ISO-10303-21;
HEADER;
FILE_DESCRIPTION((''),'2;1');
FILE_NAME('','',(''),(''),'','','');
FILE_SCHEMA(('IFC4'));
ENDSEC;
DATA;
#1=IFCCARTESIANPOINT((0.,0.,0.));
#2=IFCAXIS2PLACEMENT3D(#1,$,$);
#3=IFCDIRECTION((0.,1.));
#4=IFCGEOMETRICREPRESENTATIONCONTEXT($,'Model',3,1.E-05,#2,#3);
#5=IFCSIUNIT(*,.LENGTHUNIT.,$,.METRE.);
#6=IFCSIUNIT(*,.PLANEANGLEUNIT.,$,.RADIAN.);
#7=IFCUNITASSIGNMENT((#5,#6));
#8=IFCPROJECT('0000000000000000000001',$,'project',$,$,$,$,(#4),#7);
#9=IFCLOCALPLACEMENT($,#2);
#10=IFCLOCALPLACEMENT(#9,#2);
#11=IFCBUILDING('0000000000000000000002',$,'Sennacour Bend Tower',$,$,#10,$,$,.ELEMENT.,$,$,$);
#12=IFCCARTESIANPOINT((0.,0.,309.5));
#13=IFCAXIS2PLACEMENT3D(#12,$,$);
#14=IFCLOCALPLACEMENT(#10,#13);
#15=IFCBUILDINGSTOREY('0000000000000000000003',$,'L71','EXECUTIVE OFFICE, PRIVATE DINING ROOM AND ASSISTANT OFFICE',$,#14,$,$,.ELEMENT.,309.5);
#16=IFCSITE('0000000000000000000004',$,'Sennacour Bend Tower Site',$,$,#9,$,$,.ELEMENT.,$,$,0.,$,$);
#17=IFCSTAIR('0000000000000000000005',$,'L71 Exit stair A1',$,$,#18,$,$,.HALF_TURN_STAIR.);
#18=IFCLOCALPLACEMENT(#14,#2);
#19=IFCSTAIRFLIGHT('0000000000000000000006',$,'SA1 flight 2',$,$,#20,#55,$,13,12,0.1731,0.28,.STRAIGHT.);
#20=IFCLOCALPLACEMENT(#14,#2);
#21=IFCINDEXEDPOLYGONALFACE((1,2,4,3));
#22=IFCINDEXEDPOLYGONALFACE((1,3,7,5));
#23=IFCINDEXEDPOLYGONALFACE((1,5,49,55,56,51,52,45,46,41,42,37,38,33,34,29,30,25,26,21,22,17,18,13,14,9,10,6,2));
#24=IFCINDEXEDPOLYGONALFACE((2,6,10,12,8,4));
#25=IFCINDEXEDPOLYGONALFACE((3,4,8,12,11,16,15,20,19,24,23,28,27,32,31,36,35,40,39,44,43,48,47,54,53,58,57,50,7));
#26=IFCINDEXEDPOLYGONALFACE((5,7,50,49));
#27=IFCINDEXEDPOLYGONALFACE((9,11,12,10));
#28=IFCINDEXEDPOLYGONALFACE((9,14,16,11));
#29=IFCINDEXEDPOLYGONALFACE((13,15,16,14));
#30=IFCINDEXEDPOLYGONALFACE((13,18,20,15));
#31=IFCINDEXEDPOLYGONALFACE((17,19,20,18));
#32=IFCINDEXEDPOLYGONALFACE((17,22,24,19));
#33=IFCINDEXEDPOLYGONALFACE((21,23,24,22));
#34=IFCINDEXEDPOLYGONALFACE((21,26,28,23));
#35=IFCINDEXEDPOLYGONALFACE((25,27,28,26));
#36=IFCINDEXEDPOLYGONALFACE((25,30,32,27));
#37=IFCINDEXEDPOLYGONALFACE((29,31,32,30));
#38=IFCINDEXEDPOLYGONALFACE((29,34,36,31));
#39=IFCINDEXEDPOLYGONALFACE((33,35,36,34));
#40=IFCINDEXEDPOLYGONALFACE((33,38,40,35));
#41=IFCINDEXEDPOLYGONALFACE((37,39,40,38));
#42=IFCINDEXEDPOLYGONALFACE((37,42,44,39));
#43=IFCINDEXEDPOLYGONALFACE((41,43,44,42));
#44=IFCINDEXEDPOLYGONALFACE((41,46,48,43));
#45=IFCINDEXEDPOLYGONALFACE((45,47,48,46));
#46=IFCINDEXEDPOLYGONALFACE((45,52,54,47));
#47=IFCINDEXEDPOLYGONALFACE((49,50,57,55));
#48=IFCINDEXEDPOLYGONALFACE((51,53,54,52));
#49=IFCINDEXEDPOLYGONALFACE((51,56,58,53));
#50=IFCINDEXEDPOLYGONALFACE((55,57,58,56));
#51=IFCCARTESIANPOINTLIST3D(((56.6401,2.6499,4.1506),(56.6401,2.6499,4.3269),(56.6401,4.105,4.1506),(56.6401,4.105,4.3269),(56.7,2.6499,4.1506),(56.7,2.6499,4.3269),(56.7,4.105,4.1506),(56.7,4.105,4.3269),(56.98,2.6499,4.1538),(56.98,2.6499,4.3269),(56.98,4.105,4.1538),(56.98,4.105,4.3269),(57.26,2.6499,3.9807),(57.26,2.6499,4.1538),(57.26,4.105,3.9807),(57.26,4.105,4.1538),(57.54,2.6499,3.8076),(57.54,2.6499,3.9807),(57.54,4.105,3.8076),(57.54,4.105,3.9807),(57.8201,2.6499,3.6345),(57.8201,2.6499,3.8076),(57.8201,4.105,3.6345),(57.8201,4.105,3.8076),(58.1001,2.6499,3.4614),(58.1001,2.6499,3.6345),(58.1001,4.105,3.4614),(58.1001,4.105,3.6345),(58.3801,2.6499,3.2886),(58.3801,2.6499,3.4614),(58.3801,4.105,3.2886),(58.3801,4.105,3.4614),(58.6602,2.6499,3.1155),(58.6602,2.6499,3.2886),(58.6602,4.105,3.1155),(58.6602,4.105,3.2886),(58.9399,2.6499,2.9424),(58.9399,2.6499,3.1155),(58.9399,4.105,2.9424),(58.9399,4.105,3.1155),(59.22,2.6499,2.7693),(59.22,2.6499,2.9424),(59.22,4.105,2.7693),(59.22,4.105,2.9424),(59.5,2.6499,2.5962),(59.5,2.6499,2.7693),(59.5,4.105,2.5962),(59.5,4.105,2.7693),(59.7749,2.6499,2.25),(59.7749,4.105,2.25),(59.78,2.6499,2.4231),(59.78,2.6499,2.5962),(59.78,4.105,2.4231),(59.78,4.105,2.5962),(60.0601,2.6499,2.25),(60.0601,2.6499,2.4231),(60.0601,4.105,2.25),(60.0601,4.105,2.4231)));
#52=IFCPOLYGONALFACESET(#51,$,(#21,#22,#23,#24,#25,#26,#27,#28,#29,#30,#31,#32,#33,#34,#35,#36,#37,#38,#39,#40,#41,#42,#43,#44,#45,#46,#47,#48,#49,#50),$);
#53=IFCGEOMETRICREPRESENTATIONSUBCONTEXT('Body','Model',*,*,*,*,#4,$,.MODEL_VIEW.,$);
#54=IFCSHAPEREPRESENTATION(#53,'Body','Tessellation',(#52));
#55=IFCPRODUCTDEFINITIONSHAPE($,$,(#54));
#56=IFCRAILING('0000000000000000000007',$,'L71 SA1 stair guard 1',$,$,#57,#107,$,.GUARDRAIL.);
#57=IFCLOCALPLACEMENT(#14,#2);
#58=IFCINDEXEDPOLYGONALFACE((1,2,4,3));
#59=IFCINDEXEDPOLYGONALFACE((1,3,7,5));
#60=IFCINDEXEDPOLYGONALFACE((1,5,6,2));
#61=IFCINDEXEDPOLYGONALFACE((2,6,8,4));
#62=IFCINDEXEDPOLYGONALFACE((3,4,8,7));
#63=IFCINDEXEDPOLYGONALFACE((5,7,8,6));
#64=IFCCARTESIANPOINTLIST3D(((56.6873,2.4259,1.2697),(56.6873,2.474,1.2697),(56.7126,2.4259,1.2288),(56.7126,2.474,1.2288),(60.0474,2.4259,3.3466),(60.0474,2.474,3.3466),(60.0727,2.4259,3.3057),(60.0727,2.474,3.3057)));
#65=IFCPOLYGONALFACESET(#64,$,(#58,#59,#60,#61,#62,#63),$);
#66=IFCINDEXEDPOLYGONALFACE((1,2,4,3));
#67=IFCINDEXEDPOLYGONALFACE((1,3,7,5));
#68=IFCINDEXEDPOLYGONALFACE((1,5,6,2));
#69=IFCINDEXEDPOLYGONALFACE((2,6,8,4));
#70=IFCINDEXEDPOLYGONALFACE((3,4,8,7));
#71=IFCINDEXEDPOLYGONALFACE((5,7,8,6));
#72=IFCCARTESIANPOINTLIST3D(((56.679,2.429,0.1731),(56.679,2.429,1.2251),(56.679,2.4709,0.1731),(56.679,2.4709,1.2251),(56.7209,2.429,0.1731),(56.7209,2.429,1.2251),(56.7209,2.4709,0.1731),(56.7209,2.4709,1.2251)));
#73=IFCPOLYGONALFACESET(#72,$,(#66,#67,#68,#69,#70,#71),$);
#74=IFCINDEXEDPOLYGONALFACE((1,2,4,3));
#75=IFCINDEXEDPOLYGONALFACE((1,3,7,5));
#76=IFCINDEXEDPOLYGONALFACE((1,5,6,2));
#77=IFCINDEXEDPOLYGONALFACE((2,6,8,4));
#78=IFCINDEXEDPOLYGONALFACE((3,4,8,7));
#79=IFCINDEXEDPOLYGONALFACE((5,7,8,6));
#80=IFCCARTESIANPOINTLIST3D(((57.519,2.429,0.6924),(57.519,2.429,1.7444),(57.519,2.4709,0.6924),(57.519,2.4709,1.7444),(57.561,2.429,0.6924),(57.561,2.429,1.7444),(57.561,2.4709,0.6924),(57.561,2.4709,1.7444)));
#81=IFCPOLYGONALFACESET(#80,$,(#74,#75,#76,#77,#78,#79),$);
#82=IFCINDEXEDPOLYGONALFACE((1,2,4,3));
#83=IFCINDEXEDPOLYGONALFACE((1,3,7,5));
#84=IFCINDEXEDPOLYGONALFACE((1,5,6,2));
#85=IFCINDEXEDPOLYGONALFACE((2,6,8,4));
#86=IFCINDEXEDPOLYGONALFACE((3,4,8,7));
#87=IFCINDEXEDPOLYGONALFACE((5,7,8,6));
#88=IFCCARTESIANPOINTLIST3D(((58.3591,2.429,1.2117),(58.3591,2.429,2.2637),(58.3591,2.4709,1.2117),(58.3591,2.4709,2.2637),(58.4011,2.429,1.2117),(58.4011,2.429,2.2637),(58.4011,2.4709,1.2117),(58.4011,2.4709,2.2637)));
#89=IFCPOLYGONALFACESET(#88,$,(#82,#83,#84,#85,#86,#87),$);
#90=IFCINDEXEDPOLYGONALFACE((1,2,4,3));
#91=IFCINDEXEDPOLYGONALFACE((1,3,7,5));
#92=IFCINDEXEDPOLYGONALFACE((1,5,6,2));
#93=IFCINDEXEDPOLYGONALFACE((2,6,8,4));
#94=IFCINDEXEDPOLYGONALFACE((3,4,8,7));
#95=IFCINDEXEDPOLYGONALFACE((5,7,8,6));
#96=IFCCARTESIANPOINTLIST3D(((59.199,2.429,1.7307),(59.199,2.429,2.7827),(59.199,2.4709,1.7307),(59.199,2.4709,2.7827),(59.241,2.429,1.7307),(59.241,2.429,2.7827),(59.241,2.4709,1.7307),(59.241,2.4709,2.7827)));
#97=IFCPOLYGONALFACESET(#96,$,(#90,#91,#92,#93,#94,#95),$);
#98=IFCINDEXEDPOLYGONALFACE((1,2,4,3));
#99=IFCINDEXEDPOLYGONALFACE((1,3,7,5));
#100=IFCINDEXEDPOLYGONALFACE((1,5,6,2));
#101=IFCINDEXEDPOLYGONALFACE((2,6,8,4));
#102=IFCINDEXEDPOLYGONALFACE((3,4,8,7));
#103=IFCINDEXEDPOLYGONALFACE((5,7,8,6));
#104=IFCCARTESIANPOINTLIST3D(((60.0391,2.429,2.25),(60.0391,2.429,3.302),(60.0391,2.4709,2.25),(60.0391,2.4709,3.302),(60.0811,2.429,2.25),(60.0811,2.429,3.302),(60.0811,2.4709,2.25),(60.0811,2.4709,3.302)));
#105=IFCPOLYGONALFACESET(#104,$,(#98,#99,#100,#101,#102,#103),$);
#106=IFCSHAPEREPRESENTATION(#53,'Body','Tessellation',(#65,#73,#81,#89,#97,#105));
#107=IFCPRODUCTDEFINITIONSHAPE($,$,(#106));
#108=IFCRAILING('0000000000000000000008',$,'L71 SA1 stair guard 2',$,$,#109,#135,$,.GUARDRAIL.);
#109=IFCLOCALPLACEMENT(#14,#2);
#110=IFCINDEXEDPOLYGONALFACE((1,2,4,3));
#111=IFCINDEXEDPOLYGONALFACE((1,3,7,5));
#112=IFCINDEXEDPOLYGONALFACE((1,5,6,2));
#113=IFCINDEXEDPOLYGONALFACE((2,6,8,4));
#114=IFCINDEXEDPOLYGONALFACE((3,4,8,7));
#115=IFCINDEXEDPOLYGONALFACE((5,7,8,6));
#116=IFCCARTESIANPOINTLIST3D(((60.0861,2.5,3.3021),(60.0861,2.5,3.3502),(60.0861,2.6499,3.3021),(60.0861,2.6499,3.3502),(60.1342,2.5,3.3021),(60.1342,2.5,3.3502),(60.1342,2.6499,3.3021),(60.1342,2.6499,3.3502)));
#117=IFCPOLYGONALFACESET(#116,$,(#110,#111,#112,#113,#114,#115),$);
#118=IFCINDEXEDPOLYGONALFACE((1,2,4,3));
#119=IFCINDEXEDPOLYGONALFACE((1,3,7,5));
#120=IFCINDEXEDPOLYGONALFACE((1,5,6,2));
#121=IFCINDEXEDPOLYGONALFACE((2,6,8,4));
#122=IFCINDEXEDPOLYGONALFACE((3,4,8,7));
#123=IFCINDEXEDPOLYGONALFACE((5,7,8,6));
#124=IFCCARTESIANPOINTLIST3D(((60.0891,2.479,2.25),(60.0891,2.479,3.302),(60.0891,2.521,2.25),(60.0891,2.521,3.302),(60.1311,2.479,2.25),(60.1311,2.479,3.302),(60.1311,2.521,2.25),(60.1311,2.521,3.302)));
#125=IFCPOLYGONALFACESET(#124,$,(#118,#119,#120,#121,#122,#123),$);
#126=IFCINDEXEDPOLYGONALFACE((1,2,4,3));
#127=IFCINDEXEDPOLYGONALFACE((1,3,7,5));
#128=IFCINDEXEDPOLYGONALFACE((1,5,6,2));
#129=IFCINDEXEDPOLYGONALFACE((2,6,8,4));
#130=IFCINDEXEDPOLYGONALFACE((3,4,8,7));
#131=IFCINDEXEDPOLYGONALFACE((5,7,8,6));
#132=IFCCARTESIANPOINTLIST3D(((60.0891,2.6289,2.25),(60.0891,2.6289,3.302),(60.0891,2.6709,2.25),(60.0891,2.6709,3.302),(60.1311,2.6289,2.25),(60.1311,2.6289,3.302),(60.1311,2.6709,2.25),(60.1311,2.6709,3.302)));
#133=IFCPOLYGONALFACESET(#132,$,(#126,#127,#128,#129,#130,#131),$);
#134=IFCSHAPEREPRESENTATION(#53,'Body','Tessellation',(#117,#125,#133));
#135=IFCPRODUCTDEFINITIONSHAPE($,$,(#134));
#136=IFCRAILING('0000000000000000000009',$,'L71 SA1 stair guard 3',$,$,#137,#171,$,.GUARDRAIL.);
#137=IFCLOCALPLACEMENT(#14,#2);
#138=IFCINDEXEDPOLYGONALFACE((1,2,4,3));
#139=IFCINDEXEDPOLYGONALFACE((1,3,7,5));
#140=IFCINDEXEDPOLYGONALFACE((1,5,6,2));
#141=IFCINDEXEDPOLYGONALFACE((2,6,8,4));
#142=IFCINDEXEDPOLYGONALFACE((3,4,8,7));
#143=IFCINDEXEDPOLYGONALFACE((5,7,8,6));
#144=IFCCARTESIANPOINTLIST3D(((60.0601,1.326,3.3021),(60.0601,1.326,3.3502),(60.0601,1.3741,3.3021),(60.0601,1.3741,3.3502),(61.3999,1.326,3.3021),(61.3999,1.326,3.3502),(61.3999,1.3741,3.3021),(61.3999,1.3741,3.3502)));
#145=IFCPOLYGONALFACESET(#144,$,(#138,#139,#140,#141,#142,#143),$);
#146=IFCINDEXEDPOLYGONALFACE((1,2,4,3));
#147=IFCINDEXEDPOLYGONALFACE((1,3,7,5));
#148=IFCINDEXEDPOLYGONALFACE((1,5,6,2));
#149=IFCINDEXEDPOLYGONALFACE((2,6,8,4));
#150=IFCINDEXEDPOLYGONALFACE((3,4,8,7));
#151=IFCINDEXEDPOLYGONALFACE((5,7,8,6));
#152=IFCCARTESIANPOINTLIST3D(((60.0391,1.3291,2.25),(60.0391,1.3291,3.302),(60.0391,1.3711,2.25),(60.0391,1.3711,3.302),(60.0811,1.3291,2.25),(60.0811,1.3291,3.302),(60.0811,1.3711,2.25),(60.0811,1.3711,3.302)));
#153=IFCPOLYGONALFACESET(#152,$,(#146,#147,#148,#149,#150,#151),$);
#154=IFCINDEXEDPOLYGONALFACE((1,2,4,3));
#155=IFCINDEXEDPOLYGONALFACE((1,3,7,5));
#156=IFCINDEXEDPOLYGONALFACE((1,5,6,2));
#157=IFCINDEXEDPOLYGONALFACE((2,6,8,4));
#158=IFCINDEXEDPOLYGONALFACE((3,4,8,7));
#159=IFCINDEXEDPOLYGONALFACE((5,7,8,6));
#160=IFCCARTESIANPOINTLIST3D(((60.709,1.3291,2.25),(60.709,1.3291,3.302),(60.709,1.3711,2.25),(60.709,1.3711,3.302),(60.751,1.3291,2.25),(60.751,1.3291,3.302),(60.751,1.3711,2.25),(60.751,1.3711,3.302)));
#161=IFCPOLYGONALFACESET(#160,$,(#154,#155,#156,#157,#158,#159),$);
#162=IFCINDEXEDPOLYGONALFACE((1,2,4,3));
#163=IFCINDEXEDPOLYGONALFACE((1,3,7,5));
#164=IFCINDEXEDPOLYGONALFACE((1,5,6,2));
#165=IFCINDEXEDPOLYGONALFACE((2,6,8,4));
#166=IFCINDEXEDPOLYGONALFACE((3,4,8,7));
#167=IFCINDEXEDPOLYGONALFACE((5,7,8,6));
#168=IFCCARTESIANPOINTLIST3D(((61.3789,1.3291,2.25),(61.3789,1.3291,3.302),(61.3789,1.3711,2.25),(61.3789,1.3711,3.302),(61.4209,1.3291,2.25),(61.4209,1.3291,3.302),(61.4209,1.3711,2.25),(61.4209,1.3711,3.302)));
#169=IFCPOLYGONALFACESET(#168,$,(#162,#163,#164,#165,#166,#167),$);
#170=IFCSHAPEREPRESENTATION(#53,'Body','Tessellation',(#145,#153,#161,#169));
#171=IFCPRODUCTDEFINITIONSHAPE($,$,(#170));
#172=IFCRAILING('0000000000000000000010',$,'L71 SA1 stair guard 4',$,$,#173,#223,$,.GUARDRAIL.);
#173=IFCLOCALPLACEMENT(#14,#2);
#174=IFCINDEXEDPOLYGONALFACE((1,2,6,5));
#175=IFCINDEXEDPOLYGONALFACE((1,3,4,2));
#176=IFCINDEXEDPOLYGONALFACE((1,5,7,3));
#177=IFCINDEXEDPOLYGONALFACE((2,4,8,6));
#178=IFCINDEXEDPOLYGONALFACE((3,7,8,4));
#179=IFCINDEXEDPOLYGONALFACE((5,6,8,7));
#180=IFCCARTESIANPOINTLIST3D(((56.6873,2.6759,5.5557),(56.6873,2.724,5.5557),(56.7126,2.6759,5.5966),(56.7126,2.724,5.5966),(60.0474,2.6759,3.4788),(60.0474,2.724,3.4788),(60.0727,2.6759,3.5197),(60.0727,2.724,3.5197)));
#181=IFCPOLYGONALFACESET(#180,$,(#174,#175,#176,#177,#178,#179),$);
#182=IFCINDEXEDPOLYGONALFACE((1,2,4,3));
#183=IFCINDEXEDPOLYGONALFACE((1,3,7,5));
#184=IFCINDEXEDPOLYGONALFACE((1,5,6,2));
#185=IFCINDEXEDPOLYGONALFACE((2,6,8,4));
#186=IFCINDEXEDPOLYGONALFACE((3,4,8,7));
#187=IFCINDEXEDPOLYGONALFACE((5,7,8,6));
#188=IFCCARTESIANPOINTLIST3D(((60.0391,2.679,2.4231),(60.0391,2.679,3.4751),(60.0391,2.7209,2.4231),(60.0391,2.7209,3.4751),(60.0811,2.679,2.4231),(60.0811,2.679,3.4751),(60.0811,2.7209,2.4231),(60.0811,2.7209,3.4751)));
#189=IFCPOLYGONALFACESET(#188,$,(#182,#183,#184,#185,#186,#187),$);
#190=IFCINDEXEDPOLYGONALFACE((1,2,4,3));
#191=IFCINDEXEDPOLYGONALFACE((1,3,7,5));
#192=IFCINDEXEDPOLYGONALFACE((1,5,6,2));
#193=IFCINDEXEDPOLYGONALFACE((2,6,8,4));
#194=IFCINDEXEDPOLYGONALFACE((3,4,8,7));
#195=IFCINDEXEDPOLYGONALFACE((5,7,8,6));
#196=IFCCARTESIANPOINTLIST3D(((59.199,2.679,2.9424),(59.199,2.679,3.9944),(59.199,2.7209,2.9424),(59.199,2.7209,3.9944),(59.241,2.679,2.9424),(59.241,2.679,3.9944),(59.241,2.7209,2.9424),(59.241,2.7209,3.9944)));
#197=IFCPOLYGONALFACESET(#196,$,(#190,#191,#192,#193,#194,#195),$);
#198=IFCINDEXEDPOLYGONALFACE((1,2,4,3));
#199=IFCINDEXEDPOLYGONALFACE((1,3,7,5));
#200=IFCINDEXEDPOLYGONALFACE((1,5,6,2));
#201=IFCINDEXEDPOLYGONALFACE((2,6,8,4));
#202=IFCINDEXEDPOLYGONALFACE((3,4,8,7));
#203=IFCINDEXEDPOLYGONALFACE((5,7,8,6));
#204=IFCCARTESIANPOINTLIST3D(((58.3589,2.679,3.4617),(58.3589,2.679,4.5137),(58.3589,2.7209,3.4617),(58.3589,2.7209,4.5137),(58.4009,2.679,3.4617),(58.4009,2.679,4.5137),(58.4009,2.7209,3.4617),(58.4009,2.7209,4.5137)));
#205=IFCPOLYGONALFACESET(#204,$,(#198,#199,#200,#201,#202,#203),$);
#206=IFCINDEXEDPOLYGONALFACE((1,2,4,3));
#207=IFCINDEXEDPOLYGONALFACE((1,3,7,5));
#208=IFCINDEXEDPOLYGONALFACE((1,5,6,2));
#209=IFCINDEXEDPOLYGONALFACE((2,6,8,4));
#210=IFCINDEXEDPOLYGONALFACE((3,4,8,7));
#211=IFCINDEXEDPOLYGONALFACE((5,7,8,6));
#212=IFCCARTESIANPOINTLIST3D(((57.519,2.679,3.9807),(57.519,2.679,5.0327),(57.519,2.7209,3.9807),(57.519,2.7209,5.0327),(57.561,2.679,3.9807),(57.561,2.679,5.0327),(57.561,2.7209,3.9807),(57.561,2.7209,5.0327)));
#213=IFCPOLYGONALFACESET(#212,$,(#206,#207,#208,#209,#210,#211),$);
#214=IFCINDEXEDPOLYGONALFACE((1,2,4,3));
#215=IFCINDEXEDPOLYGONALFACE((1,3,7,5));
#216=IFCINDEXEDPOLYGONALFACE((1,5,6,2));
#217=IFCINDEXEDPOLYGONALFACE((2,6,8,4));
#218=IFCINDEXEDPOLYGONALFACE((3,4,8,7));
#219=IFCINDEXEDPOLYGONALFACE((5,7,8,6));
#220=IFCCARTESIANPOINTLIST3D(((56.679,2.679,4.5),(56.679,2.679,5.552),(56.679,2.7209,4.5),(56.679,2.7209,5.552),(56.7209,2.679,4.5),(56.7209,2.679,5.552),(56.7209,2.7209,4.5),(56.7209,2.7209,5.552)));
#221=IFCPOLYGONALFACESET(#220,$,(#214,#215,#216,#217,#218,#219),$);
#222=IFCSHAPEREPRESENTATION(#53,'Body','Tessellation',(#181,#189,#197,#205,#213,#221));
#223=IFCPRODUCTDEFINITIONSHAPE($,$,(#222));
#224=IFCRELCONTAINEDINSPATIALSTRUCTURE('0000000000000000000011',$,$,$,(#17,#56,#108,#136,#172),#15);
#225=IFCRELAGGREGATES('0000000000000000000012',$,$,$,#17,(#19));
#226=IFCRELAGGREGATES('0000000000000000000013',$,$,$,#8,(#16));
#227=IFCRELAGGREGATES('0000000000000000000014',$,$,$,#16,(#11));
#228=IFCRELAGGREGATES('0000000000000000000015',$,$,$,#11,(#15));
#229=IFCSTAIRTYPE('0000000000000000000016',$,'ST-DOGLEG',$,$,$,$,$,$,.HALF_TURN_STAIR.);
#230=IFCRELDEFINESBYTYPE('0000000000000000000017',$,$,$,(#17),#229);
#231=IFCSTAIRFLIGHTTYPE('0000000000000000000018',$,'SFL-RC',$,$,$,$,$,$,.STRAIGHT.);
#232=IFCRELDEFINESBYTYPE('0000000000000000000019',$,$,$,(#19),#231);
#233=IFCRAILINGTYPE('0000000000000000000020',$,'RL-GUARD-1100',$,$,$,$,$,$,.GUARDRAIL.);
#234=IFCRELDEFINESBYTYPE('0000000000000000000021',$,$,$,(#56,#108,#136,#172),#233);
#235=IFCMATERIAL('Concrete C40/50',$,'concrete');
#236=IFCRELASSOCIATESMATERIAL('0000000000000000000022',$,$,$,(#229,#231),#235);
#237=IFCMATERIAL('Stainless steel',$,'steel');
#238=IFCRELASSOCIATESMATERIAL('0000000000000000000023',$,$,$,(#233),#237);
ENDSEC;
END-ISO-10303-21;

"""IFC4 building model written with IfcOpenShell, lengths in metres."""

from ifc_helpers import new_model, si_unit, direction, frame, origin, origin_2d, place, context, subcontext, project, spatial, polyline, rectangle, outline, extrude, material, type_object, element, aggregate, save


model = new_model("IFC4")

# Units and contexts
model_context = context("Model", 3, precision=1e-05, world=origin(), true_north=direction((0.0, 1.0)))
body_context = subcontext(model_context, "Body", "Model", "MODEL_VIEW")
ifc_project = project(units=[si_unit("LENGTHUNIT", "METRE"), si_unit("PLANEANGLEUNIT", "RADIAN")], contexts=[model_context])

# Site, building, storey
site_placement = place(None, origin())
site = spatial("IfcSite", under=ifc_project, at=site_placement, Name="Sennacour Bend Tower Site", CompositionType="ELEMENT", RefElevation=0.0)
building_placement = place(site_placement, origin())
building = spatial("IfcBuilding", under=site, at=building_placement, Name="Sennacour Bend Tower", CompositionType="ELEMENT")
storey_placement = place(building_placement, frame((0.0, 0.0, 309.5)))
storey = spatial("IfcBuildingStorey", under=building, at=storey_placement, Name="L71", Description="EXECUTIVE OFFICE, PRIVATE DINING ROOM AND ASSISTANT OFFICE", CompositionType="ELEMENT", Elevation=309.5)

# Shared definitions
ifc_material_1 = material(Name="Stainless steel", Category="steel")

# Stair, stair flight
ifc_material_2 = material(Name="Concrete C40/50", Category="concrete")
stair_type = type_object("IfcStairType", Name="ST-DOGLEG", PredefinedType="HALF_TURN_STAIR", material=ifc_material_2)
stair_placement = place(storey_placement, origin())
stair = element("IfcStair", 1, at=stair_placement, inside=storey, type_object=stair_type, Name="L71 Exit stair A1", PredefinedType="HALF_TURN_STAIR")
stair_flight_type = type_object("IfcStairFlightType", Name="SFL-RC", PredefinedType="STRAIGHT", material=ifc_material_2)
stair_flight_1_placement = place(storey_placement, frame((60.0601, 3.3774, 2.25), z_axis=(0.0, 0.0, 1.0), x_axis=(-1.0, 0.0, 0.0)))
stair_flight_1 = element("IfcStairFlight", 2, at=stair_flight_1_placement, type_object=stair_flight_type, Name="SA1 flight 2", NumberOfRisers=13, NumberOfTreads=12, PredefinedType="STRAIGHT", RiserHeight=0.1731, TreadLength=0.28, context=body_context, shape_type="SweptSolid", body=[
    extrude(outline(polyline([(0.0, 0.0), (0.0, 0.1731), (0.28, 0.1731), (0.28, 0.3462), (0.5601, 0.3462), (0.5601, 0.5193), (0.8401, 0.5193), (0.8401, 0.6924), (1.1201, 0.6924), (1.1201, 0.8655), (1.3999, 0.8655), (1.3999, 1.0386), (1.6799, 1.0386), (1.6799, 1.2114), (1.96, 1.2114), (1.96, 1.3845), (2.24, 1.3845), (2.24, 1.5576), (2.52, 1.5576), (2.52, 1.7307), (2.8, 1.7307), (2.8, 1.9038), (3.0801, 1.9038), (3.0801, 2.0769), (3.3601, 2.0769), (3.4199, 2.0769), (3.4199, 1.9006), (3.3601, 1.9006), (0.2852, 0.0), (0.0, 0.0)])), frame((0.0, 0.7275, 0.0), z_axis=(0.0, -1.0, 0.0), x_axis=(1.0, 0.0, 0.0)), (0.0, 0.0, 1.0), 1.4551),
])
aggregate(stair, [stair_flight_1])

# Railings
railing_type_1 = type_object("IfcRailingType", Name="RL-GUARD-1100", PredefinedType="GUARDRAIL", material=ifc_material_1)
railing_1_placement = place(storey_placement, frame((56.7, 2.45, 0.1731)))
element("IfcRailing", 3, at=railing_1_placement, inside=storey, type_object=railing_type_1, Name="L71 SA1 stair guard 1", PredefinedType="GUARDRAIL", context=body_context, shape_type="SweptSolid", body=[
    extrude(rectangle(XDim=0.0481, YDim=0.0481, at=origin_2d()), frame((0.0, 0.0, 1.0762), z_axis=(0.850623, 0.0, 0.525776), x_axis=(0.0, 1.0, 0.0)), (0.0, 0.0, 1.0), 3.9502),
    extrude(rectangle(XDim=0.042, YDim=0.042, at=origin_2d()), origin(), (0.0, 0.0, 1.0), 1.052),
    extrude(rectangle(XDim=0.042, YDim=0.042, at=origin_2d()), frame((0.8401, 0.0, 0.5193)), (0.0, 0.0, 1.0), 1.052),
    extrude(rectangle(XDim=0.042, YDim=0.042, at=origin_2d()), frame((1.6802, 0.0, 1.0386)), (0.0, 0.0, 1.0), 1.052),
    extrude(rectangle(XDim=0.042, YDim=0.042, at=origin_2d()), frame((2.52, 0.0, 1.5576)), (0.0, 0.0, 1.0), 1.052),
    extrude(rectangle(XDim=0.042, YDim=0.042, at=origin_2d()), frame((3.3601, 0.0, 2.0769)), (0.0, 0.0, 1.0), 1.052),
])
railing_2_placement = place(storey_placement, frame((60.1101, 2.5, 2.25)))
element("IfcRailing", 4, at=railing_2_placement, inside=storey, type_object=railing_type_1, Name="L71 SA1 stair guard 2", PredefinedType="GUARDRAIL", context=body_context, shape_type="SweptSolid", body=[
    extrude(rectangle(XDim=0.0481, YDim=0.0481, at=origin_2d()), frame((0.0, 0.0, 1.0762), z_axis=(0.0, 1.0, 0.0), x_axis=(-1.0, 0.0, 0.0)), (0.0, 0.0, 1.0), 0.1499),
    extrude(rectangle(XDim=0.042, YDim=0.042, at=origin_2d()), origin(), (0.0, 0.0, 1.0), 1.052),
    extrude(rectangle(XDim=0.042, YDim=0.042, at=origin_2d()), frame((0.0, 0.1499, 0.0)), (0.0, 0.0, 1.0), 1.052),
])
railing_3_placement = place(storey_placement, frame((60.0601, 1.3501, 2.25)))
element("IfcRailing", 5, at=railing_3_placement, inside=storey, type_object=railing_type_1, Name="L71 SA1 stair guard 3", PredefinedType="GUARDRAIL", context=body_context, shape_type="SweptSolid", body=[
    extrude(rectangle(XDim=0.0481, YDim=0.0481, at=origin_2d()), frame((0.0, 0.0, 1.0762), z_axis=(1.0, 0.0, 0.0), x_axis=(0.0, 1.0, 0.0)), (0.0, 0.0, 1.0), 1.3398),
    extrude(rectangle(XDim=0.042, YDim=0.042, at=origin_2d()), origin(), (0.0, 0.0, 1.0), 1.052),
    extrude(rectangle(XDim=0.042, YDim=0.042, at=origin_2d()), frame((0.6699, 0.0, 0.0)), (0.0, 0.0, 1.0), 1.052),
    extrude(rectangle(XDim=0.042, YDim=0.042, at=origin_2d()), frame((1.3398, 0.0, 0.0)), (0.0, 0.0, 1.0), 1.052),
])
railing_4_placement = place(storey_placement, frame((60.0601, 2.7, 2.4231)))
element("IfcRailing", 6, at=railing_4_placement, inside=storey, type_object=railing_type_1, Name="L71 SA1 stair guard 4", PredefinedType="GUARDRAIL", context=body_context, shape_type="SweptSolid", body=[
    extrude(rectangle(XDim=0.0481, YDim=0.0481, at=origin_2d()), frame((0.0, 0.0, 1.0762), z_axis=(-0.850623, 0.0, 0.525776), x_axis=(0.0, -1.0, 0.0)), (0.0, 0.0, 1.0), 3.9502),
    extrude(rectangle(XDim=0.042, YDim=0.042, at=origin_2d()), origin(), (0.0, 0.0, 1.0), 1.052),
    extrude(rectangle(XDim=0.042, YDim=0.042, at=origin_2d()), frame((-0.8401, 0.0, 0.5193)), (0.0, 0.0, 1.0), 1.052),
    extrude(rectangle(XDim=0.042, YDim=0.042, at=origin_2d()), frame((-1.6802, 0.0, 1.0386)), (0.0, 0.0, 1.0), 1.052),
    extrude(rectangle(XDim=0.042, YDim=0.042, at=origin_2d()), frame((-2.52, 0.0, 1.5576)), (0.0, 0.0, 1.0), 1.052),
    extrude(rectangle(XDim=0.042, YDim=0.042, at=origin_2d()), frame((-3.3601, 0.0, 2.0769)), (0.0, 0.0, 1.0), 1.052),
])

save(model, "model.ifc")
